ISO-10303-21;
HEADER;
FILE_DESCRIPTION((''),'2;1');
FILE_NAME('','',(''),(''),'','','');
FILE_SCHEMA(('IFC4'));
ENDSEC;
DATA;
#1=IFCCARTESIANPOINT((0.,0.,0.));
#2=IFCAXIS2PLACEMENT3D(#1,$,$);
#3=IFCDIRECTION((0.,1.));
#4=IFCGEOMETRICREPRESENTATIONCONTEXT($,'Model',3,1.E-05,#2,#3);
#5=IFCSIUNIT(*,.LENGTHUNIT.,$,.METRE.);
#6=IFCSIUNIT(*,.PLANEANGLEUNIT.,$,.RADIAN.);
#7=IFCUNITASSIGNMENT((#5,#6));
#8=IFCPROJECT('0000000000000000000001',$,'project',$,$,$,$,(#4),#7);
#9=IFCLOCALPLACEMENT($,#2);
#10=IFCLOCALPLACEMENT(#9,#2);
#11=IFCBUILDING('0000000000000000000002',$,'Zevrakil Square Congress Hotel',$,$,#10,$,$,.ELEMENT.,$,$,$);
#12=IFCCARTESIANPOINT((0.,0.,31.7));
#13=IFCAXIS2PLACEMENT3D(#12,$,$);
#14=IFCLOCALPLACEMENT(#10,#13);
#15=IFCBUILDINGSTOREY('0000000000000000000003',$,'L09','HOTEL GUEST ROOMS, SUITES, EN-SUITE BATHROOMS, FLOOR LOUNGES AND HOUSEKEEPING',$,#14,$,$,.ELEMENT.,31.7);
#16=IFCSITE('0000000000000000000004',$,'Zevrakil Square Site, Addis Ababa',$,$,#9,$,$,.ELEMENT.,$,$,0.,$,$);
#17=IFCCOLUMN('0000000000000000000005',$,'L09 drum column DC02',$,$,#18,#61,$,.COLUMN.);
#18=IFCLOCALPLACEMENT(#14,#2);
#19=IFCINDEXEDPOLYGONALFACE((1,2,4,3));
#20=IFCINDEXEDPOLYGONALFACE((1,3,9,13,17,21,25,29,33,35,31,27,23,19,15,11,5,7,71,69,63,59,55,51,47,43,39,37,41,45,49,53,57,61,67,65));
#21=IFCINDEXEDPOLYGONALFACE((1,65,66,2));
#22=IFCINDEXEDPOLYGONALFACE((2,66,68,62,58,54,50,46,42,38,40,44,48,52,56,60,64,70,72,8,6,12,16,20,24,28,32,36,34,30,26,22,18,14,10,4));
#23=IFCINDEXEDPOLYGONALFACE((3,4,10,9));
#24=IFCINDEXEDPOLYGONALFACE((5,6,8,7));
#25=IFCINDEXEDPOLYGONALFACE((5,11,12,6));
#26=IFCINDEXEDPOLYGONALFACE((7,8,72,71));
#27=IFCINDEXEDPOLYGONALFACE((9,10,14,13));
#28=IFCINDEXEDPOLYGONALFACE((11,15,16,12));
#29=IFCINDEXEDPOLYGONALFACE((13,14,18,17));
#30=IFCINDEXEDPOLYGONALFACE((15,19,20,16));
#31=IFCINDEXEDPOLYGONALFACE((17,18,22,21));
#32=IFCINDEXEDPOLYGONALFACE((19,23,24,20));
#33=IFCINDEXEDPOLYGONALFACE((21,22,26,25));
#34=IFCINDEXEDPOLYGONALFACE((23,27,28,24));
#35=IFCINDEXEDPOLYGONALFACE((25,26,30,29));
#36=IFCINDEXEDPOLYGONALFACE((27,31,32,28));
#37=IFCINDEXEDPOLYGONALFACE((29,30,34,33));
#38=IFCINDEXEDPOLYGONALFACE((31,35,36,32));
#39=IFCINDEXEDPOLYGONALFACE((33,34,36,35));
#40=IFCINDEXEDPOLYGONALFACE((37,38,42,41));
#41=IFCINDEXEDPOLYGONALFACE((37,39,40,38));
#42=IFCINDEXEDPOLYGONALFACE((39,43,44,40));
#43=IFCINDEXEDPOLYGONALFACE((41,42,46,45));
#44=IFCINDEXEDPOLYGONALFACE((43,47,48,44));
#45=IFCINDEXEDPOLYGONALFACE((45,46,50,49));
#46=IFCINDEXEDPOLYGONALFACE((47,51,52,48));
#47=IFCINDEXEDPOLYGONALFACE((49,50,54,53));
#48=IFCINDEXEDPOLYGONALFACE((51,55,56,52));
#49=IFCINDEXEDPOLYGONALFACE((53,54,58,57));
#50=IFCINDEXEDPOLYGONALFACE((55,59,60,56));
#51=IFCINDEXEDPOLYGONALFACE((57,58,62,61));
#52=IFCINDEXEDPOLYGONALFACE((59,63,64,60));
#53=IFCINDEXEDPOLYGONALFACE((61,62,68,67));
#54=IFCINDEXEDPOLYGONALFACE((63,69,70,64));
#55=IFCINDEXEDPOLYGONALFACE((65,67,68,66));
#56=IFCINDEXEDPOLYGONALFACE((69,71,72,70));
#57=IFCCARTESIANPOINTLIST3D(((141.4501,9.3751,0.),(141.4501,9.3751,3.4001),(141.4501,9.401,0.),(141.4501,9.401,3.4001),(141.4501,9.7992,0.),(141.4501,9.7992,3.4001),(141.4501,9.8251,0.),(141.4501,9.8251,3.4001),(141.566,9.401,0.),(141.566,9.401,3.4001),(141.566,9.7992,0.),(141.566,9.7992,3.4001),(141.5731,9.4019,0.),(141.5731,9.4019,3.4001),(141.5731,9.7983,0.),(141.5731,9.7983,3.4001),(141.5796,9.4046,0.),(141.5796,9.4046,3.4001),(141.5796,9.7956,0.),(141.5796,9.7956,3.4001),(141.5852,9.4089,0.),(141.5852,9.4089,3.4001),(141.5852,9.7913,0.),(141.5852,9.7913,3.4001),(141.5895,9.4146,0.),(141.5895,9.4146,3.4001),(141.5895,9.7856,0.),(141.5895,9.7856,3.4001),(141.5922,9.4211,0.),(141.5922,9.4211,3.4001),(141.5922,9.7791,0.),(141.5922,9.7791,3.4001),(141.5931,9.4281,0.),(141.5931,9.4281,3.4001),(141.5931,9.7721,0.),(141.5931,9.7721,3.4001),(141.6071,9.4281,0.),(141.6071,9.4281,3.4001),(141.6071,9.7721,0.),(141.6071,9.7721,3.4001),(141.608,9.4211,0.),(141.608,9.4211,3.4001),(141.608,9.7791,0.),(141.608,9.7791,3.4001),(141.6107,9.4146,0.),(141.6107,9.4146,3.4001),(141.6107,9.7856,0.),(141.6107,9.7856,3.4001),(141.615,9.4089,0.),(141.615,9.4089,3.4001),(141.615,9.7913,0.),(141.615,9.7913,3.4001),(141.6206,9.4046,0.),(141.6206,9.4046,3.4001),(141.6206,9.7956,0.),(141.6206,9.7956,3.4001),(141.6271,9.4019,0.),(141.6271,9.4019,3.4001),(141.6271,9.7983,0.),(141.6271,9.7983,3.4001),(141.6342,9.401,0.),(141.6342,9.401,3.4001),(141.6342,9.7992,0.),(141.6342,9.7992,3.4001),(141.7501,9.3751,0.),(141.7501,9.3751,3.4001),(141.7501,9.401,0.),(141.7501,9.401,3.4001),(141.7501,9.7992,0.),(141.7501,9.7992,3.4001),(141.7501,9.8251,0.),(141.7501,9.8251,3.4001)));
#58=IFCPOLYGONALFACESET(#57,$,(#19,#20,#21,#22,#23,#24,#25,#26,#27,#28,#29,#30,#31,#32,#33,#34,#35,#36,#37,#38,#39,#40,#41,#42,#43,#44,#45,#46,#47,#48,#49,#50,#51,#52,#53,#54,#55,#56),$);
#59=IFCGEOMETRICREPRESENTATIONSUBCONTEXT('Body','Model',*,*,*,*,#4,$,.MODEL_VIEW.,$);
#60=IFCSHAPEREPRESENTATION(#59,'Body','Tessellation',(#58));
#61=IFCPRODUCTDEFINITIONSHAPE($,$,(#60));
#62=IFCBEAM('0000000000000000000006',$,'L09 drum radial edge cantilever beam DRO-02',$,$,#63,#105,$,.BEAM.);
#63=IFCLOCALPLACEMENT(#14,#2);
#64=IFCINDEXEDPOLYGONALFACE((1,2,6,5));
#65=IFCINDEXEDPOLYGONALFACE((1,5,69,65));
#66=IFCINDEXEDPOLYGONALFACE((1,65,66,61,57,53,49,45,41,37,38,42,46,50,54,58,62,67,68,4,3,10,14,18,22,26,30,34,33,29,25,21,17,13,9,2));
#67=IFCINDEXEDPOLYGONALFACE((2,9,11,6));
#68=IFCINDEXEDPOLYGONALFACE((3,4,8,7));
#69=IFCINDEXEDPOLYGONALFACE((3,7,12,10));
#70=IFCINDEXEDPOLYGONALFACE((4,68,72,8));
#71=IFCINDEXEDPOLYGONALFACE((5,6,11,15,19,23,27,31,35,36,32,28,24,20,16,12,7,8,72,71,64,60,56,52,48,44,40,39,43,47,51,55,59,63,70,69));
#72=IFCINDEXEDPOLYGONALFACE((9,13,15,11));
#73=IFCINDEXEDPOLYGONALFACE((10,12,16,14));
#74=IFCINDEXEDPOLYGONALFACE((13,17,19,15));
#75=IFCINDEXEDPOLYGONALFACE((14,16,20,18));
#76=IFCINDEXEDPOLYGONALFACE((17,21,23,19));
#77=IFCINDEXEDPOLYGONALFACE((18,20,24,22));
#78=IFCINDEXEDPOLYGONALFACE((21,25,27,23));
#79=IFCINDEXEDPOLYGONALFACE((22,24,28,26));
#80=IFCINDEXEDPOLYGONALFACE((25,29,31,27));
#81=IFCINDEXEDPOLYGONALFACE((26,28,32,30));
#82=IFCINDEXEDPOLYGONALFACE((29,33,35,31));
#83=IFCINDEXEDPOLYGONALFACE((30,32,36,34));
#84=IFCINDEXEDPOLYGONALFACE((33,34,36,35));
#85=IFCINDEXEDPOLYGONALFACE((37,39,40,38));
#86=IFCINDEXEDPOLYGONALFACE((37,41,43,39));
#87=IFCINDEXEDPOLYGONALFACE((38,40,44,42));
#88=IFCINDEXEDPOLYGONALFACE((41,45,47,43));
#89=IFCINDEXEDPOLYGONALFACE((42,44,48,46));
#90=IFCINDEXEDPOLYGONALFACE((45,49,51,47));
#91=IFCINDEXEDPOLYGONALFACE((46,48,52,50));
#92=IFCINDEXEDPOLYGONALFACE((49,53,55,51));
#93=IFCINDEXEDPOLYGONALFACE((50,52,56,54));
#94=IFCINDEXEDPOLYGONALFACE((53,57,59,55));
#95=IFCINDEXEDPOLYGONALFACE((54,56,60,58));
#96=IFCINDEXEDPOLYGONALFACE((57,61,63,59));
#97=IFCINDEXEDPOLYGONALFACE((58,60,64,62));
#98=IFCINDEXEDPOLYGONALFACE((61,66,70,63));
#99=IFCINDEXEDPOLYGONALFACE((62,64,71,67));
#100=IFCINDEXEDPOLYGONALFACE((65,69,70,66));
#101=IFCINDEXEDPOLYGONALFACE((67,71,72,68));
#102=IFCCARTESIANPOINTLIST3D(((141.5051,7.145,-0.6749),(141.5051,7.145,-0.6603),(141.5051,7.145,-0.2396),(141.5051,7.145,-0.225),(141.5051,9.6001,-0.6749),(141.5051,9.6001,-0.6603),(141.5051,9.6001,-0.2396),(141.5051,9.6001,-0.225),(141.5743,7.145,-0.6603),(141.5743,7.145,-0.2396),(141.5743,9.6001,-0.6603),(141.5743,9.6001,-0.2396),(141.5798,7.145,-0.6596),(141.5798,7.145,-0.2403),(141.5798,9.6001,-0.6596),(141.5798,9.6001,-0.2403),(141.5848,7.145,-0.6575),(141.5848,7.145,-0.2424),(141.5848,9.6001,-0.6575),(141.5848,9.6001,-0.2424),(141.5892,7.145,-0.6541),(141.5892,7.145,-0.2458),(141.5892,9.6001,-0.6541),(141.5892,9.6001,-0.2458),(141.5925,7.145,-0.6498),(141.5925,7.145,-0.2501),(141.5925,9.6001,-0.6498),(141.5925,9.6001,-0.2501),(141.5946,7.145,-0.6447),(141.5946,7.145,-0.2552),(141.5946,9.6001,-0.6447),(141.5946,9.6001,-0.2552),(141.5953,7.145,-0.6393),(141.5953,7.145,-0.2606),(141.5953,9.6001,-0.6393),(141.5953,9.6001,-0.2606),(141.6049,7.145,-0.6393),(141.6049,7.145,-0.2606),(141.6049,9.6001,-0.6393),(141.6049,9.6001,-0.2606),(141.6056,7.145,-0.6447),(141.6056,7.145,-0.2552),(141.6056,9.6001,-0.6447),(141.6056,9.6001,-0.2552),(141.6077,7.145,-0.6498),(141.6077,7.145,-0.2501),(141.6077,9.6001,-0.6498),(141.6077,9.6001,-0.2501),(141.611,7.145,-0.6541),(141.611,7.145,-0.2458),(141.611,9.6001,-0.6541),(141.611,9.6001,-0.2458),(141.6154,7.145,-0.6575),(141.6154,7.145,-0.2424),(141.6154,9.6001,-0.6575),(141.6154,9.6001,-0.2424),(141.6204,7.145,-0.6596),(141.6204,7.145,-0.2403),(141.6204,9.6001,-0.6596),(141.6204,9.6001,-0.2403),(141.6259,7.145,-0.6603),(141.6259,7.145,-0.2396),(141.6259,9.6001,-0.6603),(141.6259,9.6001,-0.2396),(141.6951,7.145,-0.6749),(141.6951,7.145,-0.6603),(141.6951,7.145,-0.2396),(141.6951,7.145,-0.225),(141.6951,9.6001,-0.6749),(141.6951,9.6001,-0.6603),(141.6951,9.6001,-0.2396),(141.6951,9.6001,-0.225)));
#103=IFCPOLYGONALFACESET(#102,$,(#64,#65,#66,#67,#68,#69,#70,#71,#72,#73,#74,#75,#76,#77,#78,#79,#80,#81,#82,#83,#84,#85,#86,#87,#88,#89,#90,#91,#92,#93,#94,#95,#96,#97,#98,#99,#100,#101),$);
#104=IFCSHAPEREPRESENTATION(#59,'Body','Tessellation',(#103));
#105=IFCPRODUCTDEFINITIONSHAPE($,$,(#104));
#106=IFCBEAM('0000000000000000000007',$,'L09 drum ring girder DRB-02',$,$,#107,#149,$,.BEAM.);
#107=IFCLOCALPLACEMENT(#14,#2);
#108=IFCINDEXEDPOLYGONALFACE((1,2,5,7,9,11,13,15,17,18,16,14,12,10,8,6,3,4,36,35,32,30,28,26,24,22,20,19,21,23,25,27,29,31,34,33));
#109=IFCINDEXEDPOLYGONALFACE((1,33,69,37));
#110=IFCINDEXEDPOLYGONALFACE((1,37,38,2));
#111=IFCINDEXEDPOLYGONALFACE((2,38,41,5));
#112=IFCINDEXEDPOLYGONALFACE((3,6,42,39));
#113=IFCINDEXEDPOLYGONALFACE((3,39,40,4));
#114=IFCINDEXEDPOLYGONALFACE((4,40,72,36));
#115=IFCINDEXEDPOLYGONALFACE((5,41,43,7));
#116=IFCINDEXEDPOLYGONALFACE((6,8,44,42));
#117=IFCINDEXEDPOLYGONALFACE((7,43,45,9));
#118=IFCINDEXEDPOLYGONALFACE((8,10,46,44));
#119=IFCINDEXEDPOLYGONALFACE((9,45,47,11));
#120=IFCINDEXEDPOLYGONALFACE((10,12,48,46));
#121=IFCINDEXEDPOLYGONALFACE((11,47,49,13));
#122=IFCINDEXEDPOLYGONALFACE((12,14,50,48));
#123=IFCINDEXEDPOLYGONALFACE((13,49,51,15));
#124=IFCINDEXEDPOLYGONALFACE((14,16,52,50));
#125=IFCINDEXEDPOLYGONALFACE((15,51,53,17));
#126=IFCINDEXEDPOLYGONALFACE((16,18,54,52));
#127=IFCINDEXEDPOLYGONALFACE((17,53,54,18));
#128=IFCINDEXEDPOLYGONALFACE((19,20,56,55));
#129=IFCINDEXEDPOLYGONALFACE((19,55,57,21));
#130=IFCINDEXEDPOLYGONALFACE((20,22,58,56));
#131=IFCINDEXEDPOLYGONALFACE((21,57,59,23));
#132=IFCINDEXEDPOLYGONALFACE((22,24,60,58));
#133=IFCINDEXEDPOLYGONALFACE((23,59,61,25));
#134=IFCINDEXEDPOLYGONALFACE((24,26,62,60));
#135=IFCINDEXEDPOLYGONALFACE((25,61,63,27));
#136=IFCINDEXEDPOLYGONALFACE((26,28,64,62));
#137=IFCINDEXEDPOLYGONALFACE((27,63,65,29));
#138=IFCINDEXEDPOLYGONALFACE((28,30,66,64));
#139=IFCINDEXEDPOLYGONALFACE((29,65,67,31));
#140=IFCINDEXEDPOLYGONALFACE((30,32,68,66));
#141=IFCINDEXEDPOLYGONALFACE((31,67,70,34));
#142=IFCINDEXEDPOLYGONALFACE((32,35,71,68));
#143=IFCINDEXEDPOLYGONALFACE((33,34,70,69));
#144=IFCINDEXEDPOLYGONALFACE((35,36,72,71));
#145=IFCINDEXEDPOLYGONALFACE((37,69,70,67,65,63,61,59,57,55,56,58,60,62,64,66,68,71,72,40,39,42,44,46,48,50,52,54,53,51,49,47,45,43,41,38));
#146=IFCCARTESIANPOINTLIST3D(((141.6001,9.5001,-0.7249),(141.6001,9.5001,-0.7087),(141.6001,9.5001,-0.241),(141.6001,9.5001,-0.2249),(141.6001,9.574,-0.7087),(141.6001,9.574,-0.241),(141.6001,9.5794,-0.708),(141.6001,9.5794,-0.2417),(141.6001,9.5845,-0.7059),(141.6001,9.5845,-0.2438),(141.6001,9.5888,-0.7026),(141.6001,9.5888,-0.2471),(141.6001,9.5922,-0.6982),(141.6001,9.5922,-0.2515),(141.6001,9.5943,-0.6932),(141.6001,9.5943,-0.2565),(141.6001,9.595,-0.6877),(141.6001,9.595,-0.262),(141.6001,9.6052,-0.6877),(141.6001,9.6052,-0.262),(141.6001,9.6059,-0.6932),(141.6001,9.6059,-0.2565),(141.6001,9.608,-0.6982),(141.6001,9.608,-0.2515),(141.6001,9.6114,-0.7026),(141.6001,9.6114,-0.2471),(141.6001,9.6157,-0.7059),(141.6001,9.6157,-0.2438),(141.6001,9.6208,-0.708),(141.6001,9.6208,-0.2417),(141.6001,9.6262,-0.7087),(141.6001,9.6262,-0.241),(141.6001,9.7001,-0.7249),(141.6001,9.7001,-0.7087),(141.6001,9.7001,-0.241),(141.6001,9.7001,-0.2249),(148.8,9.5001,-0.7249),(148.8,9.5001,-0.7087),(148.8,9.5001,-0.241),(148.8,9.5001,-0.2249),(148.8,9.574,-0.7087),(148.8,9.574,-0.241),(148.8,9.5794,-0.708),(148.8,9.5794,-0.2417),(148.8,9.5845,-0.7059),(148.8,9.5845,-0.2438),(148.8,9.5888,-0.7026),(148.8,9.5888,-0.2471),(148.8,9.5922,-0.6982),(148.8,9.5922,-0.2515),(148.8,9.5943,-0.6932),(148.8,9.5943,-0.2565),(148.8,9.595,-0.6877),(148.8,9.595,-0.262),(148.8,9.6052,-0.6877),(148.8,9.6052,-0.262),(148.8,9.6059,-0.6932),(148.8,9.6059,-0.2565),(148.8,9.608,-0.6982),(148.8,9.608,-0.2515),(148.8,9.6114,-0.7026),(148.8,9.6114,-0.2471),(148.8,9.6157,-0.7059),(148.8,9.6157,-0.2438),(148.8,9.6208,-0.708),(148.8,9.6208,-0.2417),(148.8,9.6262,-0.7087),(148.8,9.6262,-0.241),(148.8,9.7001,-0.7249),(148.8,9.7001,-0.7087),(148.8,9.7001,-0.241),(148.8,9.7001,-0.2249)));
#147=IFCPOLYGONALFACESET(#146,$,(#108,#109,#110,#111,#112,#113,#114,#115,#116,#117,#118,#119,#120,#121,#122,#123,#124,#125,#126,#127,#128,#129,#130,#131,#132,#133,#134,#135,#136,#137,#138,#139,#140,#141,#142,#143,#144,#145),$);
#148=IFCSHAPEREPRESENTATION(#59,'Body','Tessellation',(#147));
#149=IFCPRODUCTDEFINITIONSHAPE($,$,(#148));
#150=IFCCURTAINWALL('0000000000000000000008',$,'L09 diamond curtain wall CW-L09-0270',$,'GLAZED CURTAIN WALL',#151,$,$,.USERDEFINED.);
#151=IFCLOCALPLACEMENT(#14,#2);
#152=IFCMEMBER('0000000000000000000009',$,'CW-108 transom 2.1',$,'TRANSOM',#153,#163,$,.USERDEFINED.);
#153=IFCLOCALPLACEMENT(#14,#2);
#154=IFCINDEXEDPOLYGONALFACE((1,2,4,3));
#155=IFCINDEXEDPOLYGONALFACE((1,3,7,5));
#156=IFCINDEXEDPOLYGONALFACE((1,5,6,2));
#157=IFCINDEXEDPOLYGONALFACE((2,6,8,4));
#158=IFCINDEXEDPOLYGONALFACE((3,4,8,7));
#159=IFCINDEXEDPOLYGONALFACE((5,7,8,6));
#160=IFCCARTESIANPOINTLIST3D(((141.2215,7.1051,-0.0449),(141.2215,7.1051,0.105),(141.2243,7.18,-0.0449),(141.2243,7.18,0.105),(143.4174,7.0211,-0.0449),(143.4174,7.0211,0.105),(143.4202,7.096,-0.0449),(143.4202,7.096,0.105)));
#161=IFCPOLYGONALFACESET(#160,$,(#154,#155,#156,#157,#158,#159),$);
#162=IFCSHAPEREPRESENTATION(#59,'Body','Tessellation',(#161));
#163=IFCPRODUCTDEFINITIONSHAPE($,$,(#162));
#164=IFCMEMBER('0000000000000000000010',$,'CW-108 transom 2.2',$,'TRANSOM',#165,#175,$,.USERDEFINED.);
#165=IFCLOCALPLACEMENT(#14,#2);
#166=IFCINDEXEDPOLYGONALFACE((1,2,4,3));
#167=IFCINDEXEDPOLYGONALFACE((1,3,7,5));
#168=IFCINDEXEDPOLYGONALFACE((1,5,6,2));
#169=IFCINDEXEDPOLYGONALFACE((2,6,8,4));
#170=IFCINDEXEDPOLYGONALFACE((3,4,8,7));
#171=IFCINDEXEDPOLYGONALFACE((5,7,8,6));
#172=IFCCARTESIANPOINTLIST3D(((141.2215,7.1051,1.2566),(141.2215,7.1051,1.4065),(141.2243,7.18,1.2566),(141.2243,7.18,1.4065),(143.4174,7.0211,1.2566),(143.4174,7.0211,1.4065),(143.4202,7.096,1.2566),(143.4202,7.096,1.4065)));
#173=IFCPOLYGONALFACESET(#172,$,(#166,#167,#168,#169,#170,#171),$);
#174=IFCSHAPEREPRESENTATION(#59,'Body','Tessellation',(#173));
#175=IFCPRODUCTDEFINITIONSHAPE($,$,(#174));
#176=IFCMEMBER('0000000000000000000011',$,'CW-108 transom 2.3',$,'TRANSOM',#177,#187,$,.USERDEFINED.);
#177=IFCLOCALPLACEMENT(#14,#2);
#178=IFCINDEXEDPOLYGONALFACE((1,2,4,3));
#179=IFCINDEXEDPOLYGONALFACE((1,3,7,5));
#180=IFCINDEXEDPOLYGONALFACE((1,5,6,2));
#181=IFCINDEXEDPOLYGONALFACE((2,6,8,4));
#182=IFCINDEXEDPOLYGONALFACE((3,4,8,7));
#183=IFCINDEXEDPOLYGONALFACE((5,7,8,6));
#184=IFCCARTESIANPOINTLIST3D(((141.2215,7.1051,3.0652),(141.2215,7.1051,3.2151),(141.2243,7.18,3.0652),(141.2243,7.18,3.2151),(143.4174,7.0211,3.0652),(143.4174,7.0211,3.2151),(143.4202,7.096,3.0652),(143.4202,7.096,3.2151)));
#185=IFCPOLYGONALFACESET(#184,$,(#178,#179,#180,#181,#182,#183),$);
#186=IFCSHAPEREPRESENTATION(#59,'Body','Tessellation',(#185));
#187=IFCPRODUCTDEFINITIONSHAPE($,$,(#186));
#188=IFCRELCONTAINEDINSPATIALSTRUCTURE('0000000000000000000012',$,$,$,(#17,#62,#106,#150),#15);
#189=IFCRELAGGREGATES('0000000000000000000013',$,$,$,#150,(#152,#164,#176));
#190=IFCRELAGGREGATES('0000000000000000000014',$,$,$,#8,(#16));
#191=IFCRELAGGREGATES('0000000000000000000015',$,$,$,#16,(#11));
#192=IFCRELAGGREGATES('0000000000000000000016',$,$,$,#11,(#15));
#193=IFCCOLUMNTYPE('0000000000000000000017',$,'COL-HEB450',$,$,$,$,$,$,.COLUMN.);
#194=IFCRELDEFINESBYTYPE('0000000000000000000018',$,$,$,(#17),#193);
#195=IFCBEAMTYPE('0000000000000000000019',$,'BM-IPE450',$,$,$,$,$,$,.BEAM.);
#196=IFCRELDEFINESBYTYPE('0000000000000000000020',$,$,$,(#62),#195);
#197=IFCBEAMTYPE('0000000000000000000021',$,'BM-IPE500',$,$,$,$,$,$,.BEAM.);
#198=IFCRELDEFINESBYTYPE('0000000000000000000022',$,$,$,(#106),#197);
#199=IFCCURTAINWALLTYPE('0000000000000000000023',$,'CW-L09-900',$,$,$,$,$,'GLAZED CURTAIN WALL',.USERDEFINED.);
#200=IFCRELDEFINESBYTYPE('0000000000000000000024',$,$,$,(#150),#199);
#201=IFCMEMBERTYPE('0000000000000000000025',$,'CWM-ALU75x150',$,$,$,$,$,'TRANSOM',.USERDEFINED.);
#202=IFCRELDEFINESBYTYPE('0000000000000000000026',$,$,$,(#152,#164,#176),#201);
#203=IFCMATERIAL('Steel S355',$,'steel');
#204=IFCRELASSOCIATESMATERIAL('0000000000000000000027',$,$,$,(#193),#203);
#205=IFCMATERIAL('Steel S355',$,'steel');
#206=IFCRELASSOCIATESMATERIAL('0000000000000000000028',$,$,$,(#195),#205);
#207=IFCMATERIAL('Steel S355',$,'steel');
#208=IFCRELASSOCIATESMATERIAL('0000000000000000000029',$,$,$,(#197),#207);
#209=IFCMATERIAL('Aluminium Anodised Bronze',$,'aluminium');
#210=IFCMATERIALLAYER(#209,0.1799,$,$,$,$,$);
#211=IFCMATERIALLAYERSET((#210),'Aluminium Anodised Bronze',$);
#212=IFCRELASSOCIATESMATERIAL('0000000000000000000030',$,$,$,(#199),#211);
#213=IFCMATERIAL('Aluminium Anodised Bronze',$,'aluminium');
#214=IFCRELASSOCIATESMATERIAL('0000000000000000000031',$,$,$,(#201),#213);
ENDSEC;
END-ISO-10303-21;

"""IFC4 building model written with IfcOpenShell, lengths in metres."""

from ifc_helpers import new_model, si_unit, direction, frame, origin, origin_2d, place, context, subcontext, project, spatial, rectangle, i_section, extrude, material, layer, layer_set, material_profile, profile_set, type_object, element, aggregate, save


model = new_model("IFC4")

# Units and contexts
model_context = context("Model", 3, precision=1e-05, world=origin(), true_north=direction((0.0, 1.0)))
body_context = subcontext(model_context, "Body", "Model", "MODEL_VIEW")
ifc_project = project(units=[si_unit("LENGTHUNIT", "METRE"), si_unit("PLANEANGLEUNIT", "RADIAN")], contexts=[model_context])

# Site, building, storey
site_placement = place(None, origin())
site = spatial("IfcSite", under=ifc_project, at=site_placement, Name="Zevrakil Square Site, Addis Ababa", CompositionType="ELEMENT", RefElevation=0.0)
building_placement = place(site_placement, origin())
building = spatial("IfcBuilding", under=site, at=building_placement, Name="Zevrakil Square Congress Hotel", CompositionType="ELEMENT")
storey_placement = place(building_placement, frame((0.0, 0.0, 31.7)))
storey = spatial("IfcBuildingStorey", under=building, at=storey_placement, Name="L09", Description="HOTEL GUEST ROOMS, SUITES, EN-SUITE BATHROOMS, FLOOR LOUNGES AND HOUSEKEEPING", CompositionType="ELEMENT", Elevation=31.7)

# Column
ifc_material_1 = material(Name="Steel S355", Category="steel")
ifc_material_profile_1 = material_profile(ifc_material_1, i_section(OverallWidth=0.3, OverallDepth=0.45, WebThickness=0.0139, FlangeThickness=0.0259, FilletRadius=0.0271, at=origin_2d()), Name="HEB 450")
ifc_profile_set_1 = profile_set([ifc_material_profile_1], Name="Steel S355")
column_type = type_object("IfcColumnType", Name="COL-HEB450", PredefinedType="COLUMN", material=ifc_profile_set_1)
column_placement = place(storey_placement, frame((141.6001, 9.6001, 0.0), z_axis=(0.0, 0.0, 1.0), x_axis=(1.0, 0.0, 0.0)))
element("IfcColumn", 1, at=column_placement, inside=storey, type_object=column_type, Name="L09 drum column DC02", PredefinedType="COLUMN", context=body_context, shape_type="SweptSolid", body=[
    extrude(i_section(OverallWidth=0.3, OverallDepth=0.45, WebThickness=0.0139, FlangeThickness=0.0259, FilletRadius=0.0271, at=origin_2d()), origin(), (0.0, 0.0, 1.0), 3.4001),
])

# Beams
ifc_material_2 = material(Name="Steel S355", Category="steel")
ifc_material_profile_2 = material_profile(ifc_material_2, i_section(OverallWidth=0.1899, OverallDepth=0.45, WebThickness=0.0095, FlangeThickness=0.0146, FilletRadius=0.021, at=origin_2d()), Name="IPE 450")
ifc_profile_set_2 = profile_set([ifc_material_profile_2], Name="Steel S355")
beam_type_1 = type_object("IfcBeamType", Name="BM-IPE450", PredefinedType="BEAM", material=ifc_profile_set_2)
beam_1_placement = place(storey_placement, frame((141.6001, 9.6001, -0.45), z_axis=(0.0, -1.0, 0.0), x_axis=(1.0, 0.0, 0.0)))
element("IfcBeam", 2, at=beam_1_placement, inside=storey, type_object=beam_type_1, Name="L09 drum radial edge cantilever beam DRO-02", PredefinedType="BEAM", context=body_context, shape_type="SweptSolid", body=[
    extrude(i_section(OverallWidth=0.1899, OverallDepth=0.45, WebThickness=0.0095, FlangeThickness=0.0146, FilletRadius=0.021, at=origin_2d()), origin(), (0.0, 0.0, 1.0), 2.4551),
])
ifc_material_3 = material(Name="Steel S355", Category="steel")
ifc_material_profile_3 = material_profile(ifc_material_3, i_section(OverallWidth=0.2, OverallDepth=0.5, WebThickness=0.0103, FlangeThickness=0.0161, FilletRadius=0.021, at=origin_2d()), Name="IPE 500")
ifc_profile_set_3 = profile_set([ifc_material_profile_3], Name="Steel S355")
beam_type_2 = type_object("IfcBeamType", Name="BM-IPE500", PredefinedType="BEAM", material=ifc_profile_set_3)
beam_2_placement = place(storey_placement, frame((141.6001, 9.6001, -0.4749), z_axis=(1.0, 0.0, 0.0), x_axis=(0.0, 1.0, 0.0)))
element("IfcBeam", 3, at=beam_2_placement, inside=storey, type_object=beam_type_2, Name="L09 drum ring girder DRB-02", PredefinedType="BEAM", context=body_context, shape_type="SweptSolid", body=[
    extrude(i_section(OverallWidth=0.2, OverallDepth=0.5, WebThickness=0.0103, FlangeThickness=0.0161, FilletRadius=0.021, at=origin_2d()), origin(), (0.0, 0.0, 1.0), 7.2),
])

# Curtain wall, members
ifc_material_4 = material(Name="Aluminium Anodised Bronze", Category="aluminium")
ifc_layer_1 = layer(ifc_material_4, 0.1799)
ifc_layer_set_1 = layer_set([ifc_layer_1], Name="Aluminium Anodised Bronze")
curtain_wall_type = type_object("IfcCurtainWallType", Name="CW-L09-900", ElementType="GLAZED CURTAIN WALL", PredefinedType="USERDEFINED", material=ifc_layer_set_1)
curtain_wall_placement = place(storey_placement, origin())
curtain_wall = element("IfcCurtainWall", 4, at=curtain_wall_placement, inside=storey, type_object=curtain_wall_type, Name="L09 diamond curtain wall CW-L09-0270", ObjectType="GLAZED CURTAIN WALL", PredefinedType="USERDEFINED")
ifc_material_5 = material(Name="Aluminium Anodised Bronze", Category="aluminium")
ifc_material_profile_4 = material_profile(ifc_material_5, rectangle(XDim=0.075, YDim=0.1499, at=origin_2d()), Name="ALU 75x150")
ifc_profile_set_4 = profile_set([ifc_material_profile_4], Name="Aluminium Anodised Bronze")
member_type_1 = type_object("IfcMemberType", Name="CWM-ALU75x150", ElementType="TRANSOM", PredefinedType="USERDEFINED", material=ifc_profile_set_4)
member_1_placement = place(storey_placement, frame((141.2229, 7.1426, 0.03), z_axis=(0.999269, -0.03822, 0.0), x_axis=(0.03822, 0.999269, 0.0)))
member_1 = element("IfcMember", 5, at=member_1_placement, type_object=member_type_1, Name="CW-108 transom 2.1", ObjectType="TRANSOM", PredefinedType="USERDEFINED", context=body_context, shape_type="SweptSolid", body=[
    extrude(rectangle(XDim=0.075, YDim=0.1499, at=origin_2d()), origin(), (0.0, 0.0, 1.0), 2.1975),
])
member_2_placement = place(storey_placement, frame((141.2229, 7.1426, 1.3315), z_axis=(0.999269, -0.03822, 0.0), x_axis=(0.03822, 0.999269, 0.0)))
member_2 = element("IfcMember", 6, at=member_2_placement, type_object=member_type_1, Name="CW-108 transom 2.2", ObjectType="TRANSOM", PredefinedType="USERDEFINED", context=body_context, shape_type="SweptSolid", body=[
    extrude(rectangle(XDim=0.075, YDim=0.1499, at=origin_2d()), origin(), (0.0, 0.0, 1.0), 2.1975),
])
member_3_placement = place(storey_placement, frame((141.2229, 7.1426, 3.1401), z_axis=(0.999269, -0.03822, 0.0), x_axis=(0.03822, 0.999269, 0.0)))
member_3 = element("IfcMember", 7, at=member_3_placement, type_object=member_type_1, Name="CW-108 transom 2.3", ObjectType="TRANSOM", PredefinedType="USERDEFINED", context=body_context, shape_type="SweptSolid", body=[
    extrude(rectangle(XDim=0.075, YDim=0.1499, at=origin_2d()), origin(), (0.0, 0.0, 1.0), 2.1975),
])

aggregate(curtain_wall, [member_1, member_2, member_3])

save(model, "model.ifc")
